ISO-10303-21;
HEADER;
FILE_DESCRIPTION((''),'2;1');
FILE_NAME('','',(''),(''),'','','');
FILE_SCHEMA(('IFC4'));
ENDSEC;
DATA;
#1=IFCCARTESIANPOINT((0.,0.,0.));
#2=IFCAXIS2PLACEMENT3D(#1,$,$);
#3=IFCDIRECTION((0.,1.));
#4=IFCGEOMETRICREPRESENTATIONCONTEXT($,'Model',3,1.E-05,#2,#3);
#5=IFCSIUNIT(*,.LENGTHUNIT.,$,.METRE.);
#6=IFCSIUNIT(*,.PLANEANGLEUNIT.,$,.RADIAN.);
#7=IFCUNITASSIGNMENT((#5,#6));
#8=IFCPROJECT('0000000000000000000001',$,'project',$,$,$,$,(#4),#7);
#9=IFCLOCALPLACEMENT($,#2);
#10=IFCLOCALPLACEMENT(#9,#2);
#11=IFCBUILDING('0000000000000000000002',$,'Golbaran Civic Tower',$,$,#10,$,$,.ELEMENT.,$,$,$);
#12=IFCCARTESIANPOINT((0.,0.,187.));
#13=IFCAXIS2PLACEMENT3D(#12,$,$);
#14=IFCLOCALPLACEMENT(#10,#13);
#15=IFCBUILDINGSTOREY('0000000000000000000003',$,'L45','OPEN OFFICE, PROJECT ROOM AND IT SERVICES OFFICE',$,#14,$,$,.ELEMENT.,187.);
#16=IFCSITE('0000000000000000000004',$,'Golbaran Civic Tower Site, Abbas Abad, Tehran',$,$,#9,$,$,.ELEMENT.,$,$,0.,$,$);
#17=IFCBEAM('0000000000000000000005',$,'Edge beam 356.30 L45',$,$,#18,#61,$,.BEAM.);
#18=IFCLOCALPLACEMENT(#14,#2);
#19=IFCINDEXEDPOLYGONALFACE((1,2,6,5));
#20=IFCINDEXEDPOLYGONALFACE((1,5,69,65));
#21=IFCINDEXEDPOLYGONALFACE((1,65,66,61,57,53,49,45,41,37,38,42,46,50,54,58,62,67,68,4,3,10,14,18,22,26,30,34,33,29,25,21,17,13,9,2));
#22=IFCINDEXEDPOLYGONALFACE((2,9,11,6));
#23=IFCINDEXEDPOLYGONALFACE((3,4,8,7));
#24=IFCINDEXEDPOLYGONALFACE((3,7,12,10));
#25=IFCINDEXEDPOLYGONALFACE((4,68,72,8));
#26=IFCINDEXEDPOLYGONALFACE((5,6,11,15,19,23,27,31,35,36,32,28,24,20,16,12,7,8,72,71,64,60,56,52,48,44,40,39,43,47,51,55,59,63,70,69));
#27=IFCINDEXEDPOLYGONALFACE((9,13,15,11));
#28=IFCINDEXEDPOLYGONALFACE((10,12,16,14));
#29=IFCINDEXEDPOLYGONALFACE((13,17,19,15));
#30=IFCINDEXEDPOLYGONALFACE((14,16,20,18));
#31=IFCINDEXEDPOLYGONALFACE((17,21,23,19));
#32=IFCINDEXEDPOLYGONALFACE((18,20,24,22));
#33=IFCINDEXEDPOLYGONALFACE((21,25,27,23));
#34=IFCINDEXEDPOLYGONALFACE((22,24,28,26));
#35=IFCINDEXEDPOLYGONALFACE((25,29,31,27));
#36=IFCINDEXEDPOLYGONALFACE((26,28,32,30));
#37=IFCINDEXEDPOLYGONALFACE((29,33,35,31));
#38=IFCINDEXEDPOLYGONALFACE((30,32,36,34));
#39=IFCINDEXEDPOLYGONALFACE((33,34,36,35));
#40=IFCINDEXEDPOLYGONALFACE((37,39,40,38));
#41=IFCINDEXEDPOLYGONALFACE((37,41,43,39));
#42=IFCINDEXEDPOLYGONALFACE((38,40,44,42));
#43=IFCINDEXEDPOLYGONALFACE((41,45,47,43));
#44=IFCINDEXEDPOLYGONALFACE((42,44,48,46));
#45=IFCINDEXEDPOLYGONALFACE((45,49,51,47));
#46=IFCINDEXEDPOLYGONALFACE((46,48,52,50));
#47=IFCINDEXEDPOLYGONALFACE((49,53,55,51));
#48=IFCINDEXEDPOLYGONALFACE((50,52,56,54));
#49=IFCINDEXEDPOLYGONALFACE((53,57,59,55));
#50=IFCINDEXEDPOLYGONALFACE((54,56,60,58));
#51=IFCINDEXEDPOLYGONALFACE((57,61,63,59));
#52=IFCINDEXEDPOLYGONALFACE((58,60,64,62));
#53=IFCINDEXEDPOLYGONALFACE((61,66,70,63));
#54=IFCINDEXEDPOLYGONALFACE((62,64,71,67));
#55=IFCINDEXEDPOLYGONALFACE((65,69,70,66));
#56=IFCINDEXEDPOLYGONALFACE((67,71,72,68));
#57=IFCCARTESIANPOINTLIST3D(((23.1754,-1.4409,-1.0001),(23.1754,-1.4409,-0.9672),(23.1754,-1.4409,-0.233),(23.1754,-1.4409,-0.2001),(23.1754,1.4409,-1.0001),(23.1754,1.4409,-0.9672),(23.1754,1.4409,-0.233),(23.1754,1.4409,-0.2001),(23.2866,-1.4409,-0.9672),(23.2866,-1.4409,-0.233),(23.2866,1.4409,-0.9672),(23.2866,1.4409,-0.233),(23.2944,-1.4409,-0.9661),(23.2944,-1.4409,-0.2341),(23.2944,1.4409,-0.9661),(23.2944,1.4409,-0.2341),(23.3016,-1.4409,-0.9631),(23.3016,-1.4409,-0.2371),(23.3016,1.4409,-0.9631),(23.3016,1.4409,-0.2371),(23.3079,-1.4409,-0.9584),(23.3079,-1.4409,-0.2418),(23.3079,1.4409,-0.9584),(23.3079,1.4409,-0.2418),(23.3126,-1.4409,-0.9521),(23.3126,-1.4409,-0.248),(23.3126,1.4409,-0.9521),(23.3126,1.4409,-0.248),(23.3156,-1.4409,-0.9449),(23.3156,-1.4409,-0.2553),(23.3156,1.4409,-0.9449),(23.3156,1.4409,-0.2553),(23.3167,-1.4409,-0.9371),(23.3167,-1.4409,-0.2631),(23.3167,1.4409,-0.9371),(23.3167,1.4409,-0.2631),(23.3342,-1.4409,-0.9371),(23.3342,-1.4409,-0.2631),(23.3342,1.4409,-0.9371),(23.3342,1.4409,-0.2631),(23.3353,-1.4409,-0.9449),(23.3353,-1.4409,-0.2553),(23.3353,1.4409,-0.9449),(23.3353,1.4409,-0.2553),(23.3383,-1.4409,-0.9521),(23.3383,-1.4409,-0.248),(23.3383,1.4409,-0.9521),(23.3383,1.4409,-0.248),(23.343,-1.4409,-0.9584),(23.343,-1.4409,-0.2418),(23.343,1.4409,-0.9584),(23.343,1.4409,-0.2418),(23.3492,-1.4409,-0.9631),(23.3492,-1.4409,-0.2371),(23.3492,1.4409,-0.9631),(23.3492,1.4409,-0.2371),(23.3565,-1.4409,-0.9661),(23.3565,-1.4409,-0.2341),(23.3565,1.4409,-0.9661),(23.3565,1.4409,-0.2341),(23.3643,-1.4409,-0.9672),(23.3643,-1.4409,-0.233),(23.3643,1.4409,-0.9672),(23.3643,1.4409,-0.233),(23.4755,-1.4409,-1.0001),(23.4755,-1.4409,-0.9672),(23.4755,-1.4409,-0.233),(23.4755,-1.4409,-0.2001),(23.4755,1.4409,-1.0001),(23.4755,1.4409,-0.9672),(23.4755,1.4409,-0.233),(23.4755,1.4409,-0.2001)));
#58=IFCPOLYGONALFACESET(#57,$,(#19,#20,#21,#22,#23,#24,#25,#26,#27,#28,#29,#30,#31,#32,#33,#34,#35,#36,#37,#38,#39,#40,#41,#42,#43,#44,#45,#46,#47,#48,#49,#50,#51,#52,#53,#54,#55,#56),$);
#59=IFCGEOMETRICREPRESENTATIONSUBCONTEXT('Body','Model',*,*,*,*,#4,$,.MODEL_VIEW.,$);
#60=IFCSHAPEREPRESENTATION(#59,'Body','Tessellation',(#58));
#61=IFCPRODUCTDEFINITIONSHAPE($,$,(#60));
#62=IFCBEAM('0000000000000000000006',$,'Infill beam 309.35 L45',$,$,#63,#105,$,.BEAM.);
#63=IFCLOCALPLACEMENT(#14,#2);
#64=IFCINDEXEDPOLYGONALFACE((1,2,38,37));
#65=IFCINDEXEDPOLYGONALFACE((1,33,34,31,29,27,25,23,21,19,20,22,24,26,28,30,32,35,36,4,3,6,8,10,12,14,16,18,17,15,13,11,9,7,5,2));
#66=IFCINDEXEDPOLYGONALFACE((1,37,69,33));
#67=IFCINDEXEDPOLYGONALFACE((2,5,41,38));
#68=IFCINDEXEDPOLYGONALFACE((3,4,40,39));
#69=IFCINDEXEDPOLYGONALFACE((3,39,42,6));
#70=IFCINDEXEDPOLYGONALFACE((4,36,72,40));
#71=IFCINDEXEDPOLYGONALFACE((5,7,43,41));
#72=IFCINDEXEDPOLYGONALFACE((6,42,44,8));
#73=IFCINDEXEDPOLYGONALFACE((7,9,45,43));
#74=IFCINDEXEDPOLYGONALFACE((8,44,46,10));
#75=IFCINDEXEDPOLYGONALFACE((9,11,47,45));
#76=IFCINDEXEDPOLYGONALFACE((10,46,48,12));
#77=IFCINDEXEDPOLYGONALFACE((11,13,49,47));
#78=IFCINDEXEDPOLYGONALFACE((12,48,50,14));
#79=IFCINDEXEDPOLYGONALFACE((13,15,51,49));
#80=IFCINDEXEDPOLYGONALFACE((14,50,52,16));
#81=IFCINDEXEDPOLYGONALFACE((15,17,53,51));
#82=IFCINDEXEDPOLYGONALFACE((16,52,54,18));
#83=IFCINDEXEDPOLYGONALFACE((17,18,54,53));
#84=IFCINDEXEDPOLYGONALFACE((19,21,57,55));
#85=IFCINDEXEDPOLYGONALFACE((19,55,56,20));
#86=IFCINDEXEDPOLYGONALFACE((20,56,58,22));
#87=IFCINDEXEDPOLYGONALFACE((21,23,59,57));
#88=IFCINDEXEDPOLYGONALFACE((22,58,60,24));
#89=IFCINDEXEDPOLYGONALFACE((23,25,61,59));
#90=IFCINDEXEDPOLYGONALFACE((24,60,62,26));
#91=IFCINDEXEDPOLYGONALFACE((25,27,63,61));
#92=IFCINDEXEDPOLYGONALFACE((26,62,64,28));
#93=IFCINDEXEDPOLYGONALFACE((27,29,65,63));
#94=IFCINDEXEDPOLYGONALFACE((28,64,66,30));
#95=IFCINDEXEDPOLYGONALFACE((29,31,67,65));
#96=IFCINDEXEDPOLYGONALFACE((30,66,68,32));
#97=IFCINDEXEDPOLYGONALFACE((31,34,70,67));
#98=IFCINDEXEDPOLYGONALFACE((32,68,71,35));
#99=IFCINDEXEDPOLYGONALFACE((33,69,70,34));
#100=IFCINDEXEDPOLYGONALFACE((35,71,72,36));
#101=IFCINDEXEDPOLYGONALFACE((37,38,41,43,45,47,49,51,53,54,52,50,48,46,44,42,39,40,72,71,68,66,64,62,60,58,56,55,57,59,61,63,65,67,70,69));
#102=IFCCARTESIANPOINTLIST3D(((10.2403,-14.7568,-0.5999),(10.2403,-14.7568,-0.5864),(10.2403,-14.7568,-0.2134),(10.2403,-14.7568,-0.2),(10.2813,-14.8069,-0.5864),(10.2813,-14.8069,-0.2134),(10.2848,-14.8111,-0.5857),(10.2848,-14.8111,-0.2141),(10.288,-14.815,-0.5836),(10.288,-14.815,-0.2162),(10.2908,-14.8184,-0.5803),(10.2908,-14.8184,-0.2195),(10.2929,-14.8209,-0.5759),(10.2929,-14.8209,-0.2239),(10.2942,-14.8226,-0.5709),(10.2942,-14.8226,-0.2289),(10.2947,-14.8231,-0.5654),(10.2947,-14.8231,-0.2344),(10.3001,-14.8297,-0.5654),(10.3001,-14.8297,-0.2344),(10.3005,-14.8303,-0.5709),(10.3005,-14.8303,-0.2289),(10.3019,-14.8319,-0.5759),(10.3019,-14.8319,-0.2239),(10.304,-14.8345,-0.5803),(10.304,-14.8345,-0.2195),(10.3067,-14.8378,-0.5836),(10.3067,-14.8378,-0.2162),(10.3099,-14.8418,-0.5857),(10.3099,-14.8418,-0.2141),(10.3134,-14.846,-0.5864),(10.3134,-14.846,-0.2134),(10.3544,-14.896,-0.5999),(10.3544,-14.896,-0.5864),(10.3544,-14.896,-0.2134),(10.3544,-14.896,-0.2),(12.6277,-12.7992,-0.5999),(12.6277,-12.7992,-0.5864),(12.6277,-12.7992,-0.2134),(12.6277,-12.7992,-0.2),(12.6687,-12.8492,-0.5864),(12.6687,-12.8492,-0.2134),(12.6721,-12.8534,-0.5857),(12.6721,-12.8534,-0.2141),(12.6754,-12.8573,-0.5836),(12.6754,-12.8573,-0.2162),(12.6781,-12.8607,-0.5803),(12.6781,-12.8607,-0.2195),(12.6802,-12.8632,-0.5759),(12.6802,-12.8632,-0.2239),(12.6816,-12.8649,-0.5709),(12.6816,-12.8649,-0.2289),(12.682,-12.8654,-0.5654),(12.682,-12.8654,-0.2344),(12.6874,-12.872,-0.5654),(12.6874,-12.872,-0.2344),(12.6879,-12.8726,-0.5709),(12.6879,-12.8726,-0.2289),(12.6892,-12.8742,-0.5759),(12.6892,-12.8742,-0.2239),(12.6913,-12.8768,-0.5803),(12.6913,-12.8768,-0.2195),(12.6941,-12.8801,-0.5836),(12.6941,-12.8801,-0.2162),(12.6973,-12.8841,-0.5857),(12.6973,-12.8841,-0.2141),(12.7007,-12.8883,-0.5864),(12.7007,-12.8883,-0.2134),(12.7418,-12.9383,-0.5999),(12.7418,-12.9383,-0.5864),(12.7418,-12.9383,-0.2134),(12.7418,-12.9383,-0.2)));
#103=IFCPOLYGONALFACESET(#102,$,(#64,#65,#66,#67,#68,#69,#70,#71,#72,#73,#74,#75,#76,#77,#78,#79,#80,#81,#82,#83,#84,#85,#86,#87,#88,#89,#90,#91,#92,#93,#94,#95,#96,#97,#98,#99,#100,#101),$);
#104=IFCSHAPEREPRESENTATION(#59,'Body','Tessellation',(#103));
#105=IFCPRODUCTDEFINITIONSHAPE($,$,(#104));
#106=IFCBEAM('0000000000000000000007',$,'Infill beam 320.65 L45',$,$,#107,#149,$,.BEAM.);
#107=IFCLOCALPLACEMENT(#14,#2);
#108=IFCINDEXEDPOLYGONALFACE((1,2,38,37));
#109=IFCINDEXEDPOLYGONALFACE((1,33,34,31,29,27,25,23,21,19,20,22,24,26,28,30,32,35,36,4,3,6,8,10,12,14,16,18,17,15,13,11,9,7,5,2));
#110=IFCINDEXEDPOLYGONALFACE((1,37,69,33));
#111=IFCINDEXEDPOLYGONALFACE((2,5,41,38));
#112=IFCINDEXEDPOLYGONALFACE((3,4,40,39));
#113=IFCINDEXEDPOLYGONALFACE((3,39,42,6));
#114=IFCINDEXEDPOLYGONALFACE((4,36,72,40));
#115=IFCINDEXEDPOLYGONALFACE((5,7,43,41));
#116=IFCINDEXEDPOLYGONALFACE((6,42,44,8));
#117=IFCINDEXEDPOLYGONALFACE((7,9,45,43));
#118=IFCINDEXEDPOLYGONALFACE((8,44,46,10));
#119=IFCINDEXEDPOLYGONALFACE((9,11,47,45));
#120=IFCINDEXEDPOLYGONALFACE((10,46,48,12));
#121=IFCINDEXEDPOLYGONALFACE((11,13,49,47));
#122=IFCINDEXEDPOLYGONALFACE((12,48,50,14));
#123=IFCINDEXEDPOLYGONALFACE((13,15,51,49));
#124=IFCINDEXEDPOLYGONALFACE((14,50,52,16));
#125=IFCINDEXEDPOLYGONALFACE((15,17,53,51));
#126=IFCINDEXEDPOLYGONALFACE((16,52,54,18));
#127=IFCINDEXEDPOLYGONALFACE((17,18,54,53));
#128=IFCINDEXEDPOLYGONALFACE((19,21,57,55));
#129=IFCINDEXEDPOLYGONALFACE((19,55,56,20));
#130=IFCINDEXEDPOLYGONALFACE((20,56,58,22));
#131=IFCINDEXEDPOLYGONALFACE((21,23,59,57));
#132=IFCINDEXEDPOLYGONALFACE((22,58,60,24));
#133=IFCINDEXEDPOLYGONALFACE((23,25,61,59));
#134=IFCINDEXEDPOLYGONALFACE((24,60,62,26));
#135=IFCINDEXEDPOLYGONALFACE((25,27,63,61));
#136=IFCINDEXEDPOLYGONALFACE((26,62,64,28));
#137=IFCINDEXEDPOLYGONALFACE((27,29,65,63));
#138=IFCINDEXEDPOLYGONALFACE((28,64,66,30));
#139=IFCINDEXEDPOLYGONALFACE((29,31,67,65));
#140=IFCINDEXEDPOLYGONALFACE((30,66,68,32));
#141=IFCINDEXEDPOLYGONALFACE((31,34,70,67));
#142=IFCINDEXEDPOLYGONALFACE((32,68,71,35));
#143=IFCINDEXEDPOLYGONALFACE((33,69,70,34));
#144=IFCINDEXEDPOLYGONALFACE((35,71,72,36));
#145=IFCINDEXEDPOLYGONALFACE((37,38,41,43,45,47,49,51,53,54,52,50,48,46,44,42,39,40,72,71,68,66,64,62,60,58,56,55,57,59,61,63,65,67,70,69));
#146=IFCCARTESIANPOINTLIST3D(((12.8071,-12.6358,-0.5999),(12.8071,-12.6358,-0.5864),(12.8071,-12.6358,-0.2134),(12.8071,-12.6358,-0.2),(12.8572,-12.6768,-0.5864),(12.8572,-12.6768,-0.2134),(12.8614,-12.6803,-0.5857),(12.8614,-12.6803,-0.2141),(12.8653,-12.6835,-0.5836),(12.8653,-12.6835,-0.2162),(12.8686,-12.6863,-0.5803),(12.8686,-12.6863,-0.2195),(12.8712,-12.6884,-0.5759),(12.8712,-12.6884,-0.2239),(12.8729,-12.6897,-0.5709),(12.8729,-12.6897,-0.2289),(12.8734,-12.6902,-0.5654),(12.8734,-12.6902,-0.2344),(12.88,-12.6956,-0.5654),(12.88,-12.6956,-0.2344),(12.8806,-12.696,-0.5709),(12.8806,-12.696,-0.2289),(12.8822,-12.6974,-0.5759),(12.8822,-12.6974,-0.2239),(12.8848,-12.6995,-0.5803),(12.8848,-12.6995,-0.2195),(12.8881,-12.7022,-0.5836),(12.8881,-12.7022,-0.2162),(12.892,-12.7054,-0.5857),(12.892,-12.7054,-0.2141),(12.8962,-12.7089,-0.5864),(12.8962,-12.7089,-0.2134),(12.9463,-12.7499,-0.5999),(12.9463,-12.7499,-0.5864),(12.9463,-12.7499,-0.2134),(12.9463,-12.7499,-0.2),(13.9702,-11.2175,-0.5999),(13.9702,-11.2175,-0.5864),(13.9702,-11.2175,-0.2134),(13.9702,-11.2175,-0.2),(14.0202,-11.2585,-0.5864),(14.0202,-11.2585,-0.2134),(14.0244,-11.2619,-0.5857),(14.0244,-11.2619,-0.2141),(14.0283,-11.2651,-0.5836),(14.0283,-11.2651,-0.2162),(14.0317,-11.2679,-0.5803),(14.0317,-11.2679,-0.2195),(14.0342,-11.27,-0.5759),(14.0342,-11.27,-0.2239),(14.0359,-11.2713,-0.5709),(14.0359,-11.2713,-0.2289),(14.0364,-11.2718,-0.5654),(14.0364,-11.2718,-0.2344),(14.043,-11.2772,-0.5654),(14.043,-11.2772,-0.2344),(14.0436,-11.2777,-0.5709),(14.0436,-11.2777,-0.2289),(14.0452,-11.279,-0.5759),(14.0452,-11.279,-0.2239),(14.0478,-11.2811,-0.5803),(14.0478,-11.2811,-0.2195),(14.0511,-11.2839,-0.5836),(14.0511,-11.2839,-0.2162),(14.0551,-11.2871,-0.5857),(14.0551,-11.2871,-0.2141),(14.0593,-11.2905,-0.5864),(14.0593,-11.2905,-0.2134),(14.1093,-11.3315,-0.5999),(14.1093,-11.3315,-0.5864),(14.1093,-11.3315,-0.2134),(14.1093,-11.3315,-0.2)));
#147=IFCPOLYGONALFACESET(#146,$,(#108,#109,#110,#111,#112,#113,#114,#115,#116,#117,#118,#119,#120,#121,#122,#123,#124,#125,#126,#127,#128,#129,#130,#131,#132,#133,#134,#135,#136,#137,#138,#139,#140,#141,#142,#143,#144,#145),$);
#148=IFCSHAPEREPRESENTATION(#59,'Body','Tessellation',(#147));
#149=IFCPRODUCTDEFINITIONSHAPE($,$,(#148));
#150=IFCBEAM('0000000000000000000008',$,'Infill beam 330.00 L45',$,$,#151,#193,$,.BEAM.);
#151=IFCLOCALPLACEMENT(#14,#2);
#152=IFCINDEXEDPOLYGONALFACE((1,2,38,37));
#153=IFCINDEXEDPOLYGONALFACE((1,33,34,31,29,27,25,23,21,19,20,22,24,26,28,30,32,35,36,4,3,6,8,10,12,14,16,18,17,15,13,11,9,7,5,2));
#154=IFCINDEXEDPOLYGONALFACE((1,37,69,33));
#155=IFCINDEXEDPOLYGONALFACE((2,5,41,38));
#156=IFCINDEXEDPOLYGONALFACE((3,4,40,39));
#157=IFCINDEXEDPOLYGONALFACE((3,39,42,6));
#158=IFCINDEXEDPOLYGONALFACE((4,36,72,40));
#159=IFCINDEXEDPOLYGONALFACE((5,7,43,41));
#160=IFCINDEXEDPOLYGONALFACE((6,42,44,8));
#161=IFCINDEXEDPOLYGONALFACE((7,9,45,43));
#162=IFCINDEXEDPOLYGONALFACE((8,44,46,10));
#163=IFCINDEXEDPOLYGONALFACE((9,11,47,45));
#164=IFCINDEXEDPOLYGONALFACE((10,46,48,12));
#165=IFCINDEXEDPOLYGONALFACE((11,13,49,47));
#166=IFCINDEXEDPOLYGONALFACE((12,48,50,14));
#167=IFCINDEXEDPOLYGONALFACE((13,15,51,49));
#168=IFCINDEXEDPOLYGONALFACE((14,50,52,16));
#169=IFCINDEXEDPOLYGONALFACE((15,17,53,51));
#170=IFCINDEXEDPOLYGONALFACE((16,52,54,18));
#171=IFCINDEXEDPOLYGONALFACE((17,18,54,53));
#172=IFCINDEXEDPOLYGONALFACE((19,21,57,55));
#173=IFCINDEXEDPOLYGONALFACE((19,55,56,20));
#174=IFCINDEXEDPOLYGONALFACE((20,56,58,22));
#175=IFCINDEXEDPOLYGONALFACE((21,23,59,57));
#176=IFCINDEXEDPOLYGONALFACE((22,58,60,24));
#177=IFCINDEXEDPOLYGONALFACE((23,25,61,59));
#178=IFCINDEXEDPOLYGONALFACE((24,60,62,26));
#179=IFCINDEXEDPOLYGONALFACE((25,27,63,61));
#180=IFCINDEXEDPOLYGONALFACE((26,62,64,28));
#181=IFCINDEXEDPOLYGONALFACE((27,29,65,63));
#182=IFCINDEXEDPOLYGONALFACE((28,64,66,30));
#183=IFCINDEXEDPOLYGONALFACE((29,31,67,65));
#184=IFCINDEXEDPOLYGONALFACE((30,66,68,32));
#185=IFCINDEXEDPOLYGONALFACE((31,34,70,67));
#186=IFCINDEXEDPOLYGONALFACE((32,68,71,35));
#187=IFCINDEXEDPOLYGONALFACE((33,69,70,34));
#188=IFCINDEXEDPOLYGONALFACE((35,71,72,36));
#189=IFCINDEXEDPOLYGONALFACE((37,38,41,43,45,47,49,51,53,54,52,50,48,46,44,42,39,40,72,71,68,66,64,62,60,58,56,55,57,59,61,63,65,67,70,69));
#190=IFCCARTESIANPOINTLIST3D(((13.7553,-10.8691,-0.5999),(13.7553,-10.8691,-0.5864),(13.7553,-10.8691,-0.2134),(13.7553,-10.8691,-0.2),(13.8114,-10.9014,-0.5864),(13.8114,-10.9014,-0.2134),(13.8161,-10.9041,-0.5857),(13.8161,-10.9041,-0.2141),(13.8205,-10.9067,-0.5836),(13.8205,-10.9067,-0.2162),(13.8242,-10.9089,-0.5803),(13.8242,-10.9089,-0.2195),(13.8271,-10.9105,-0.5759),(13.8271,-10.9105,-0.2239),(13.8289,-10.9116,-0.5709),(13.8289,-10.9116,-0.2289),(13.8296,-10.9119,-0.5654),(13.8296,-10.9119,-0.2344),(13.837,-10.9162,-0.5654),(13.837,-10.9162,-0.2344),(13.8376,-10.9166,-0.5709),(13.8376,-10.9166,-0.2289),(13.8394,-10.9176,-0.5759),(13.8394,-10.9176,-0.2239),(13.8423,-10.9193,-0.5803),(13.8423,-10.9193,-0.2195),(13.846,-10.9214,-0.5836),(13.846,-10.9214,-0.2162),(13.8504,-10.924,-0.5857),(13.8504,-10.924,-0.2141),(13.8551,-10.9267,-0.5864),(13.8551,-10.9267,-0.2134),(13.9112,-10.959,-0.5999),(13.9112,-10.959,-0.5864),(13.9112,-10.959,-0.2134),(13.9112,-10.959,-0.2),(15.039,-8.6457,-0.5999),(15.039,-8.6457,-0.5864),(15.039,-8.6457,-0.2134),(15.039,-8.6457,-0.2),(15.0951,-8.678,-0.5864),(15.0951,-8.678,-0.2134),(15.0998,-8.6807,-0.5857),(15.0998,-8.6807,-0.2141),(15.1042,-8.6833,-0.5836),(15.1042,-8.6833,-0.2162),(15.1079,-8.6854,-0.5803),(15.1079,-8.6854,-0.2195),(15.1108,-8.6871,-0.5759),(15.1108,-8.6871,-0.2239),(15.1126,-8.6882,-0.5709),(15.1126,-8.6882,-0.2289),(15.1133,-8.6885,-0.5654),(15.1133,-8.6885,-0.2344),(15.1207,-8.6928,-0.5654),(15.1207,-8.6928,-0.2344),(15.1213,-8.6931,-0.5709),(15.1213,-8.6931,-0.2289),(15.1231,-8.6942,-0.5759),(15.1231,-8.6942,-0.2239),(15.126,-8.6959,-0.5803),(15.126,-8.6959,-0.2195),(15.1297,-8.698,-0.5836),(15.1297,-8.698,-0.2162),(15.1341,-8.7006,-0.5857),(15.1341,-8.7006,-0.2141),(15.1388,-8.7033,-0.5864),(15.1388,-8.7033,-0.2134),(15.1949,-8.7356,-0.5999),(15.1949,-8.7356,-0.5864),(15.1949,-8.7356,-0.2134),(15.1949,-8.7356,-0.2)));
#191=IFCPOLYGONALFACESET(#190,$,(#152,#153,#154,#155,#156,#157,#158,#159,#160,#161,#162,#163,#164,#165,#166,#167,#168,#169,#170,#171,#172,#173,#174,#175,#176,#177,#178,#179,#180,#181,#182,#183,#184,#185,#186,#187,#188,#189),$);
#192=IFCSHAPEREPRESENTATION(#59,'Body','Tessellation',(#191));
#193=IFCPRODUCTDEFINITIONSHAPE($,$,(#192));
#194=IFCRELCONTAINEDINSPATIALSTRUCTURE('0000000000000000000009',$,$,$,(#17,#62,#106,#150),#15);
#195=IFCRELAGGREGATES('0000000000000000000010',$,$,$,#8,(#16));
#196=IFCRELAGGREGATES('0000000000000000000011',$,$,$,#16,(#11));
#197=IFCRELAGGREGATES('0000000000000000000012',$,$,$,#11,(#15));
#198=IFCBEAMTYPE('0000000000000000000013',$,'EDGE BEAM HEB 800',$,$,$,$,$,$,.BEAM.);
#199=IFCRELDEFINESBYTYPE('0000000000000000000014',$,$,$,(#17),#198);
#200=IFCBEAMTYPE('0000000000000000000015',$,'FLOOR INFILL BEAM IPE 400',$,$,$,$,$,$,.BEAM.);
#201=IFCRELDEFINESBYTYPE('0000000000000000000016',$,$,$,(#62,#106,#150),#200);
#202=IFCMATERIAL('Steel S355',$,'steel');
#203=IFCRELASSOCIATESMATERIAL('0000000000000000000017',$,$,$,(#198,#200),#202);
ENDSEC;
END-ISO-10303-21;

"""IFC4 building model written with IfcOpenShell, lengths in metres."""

from ifc_helpers import new_model, si_unit, direction, frame, origin, origin_2d, place, context, subcontext, project, spatial, i_section, extrude, material, material_profile, profile_set, type_object, element, save


model = new_model("IFC4")

# Units and contexts
model_context = context("Model", 3, precision=1e-05, world=origin(), true_north=direction((0.0, 1.0)))
body_context = subcontext(model_context, "Body", "Model", "MODEL_VIEW")
ifc_project = project(units=[si_unit("LENGTHUNIT", "METRE"), si_unit("PLANEANGLEUNIT", "RADIAN")], contexts=[model_context])

# Site, building, storey
site_placement = place(None, origin())
site = spatial("IfcSite", under=ifc_project, at=site_placement, Name="Golbaran Civic Tower Site, Abbas Abad, Tehran", CompositionType="ELEMENT", RefElevation=0.0)
building_placement = place(site_placement, origin())
building = spatial("IfcBuilding", under=site, at=building_placement, Name="Golbaran Civic Tower", CompositionType="ELEMENT")
storey_placement = place(building_placement, frame((0.0, 0.0, 187.0)))
storey = spatial("IfcBuildingStorey", under=building, at=storey_placement, Name="L45", Description="OPEN OFFICE, PROJECT ROOM AND IT SERVICES OFFICE", CompositionType="ELEMENT", Elevation=187.0)

# Beams
ifc_material_1 = material(Name="Steel S355", Category="steel")
ifc_material_profile_1 = material_profile(ifc_material_1, i_section(OverallWidth=0.3, OverallDepth=0.8, WebThickness=0.0176, FlangeThickness=0.033, FilletRadius=0.03, at=origin_2d()), Name="HEB 800")
ifc_profile_set_1 = profile_set([ifc_material_profile_1], Name="Steel S355")
beam_type_1 = type_object("IfcBeamType", Name="EDGE BEAM HEB 800", PredefinedType="BEAM", material=ifc_profile_set_1)
beam_1_placement = place(storey_placement, frame((23.3254, -1.4409, -0.6001), z_axis=(0.0, 1.0, 0.0), x_axis=(-1.0, 0.0, 0.0)))
element("IfcBeam", 1, at=beam_1_placement, inside=storey, type_object=beam_type_1, Name="Edge beam 356.30 L45", PredefinedType="BEAM", context=body_context, shape_type="SweptSolid", body=[
    extrude(i_section(OverallWidth=0.3, OverallDepth=0.8, WebThickness=0.0176, FlangeThickness=0.033, FilletRadius=0.03, at=origin_2d()), origin(), (0.0, 0.0, 1.0), 2.8818),
])
ifc_material_profile_2 = material_profile(ifc_material_1, i_section(OverallWidth=0.1799, OverallDepth=0.3999, WebThickness=0.0085, FlangeThickness=0.0134, FilletRadius=0.021, at=origin_2d()), Name="IPE 400")
ifc_profile_set_2 = profile_set([ifc_material_profile_2], Name="Steel S355")
beam_type_2 = type_object("IfcBeamType", Name="FLOOR INFILL BEAM IPE 400", PredefinedType="BEAM", material=ifc_profile_set_2)
beam_2_placement = place(storey_placement, frame((10.2974, -14.8264, -0.3999), z_axis=(0.773259, 0.63409, 0.0), x_axis=(-0.63409, 0.773259, 0.0)))
element("IfcBeam", 2, at=beam_2_placement, inside=storey, type_object=beam_type_2, Name="Infill beam 309.35 L45", PredefinedType="BEAM", context=body_context, shape_type="SweptSolid", body=[
    extrude(i_section(OverallWidth=0.1799, OverallDepth=0.3999, WebThickness=0.0085, FlangeThickness=0.0134, FilletRadius=0.021, at=origin_2d()), origin(), (0.0, 0.0, 1.0), 3.0874),
])
beam_3_placement = place(storey_placement, frame((12.8767, -12.6929, -0.3999), z_axis=(0.634064, 0.773281, 0.0), x_axis=(-0.773281, 0.634064, 0.0)))
element("IfcBeam", 3, at=beam_3_placement, inside=storey, type_object=beam_type_2, Name="Infill beam 320.65 L45", PredefinedType="BEAM", context=body_context, shape_type="SweptSolid", body=[
    extrude(i_section(OverallWidth=0.1799, OverallDepth=0.3999, WebThickness=0.0085, FlangeThickness=0.0134, FilletRadius=0.021, at=origin_2d()), origin(), (0.0, 0.0, 1.0), 1.8342),
])
beam_4_placement = place(storey_placement, frame((13.8333, -10.9141, -0.3999), z_axis=(0.500005, 0.866022, 0.0), x_axis=(-0.866022, 0.500005, 0.0)))
element("IfcBeam", 4, at=beam_4_placement, inside=storey, type_object=beam_type_2, Name="Infill beam 330.00 L45", PredefinedType="BEAM", context=body_context, shape_type="SweptSolid", body=[
    extrude(i_section(OverallWidth=0.1799, OverallDepth=0.3999, WebThickness=0.0085, FlangeThickness=0.0134, FilletRadius=0.021, at=origin_2d()), origin(), (0.0, 0.0, 1.0), 2.5674),
])

save(model, "model.ifc")
